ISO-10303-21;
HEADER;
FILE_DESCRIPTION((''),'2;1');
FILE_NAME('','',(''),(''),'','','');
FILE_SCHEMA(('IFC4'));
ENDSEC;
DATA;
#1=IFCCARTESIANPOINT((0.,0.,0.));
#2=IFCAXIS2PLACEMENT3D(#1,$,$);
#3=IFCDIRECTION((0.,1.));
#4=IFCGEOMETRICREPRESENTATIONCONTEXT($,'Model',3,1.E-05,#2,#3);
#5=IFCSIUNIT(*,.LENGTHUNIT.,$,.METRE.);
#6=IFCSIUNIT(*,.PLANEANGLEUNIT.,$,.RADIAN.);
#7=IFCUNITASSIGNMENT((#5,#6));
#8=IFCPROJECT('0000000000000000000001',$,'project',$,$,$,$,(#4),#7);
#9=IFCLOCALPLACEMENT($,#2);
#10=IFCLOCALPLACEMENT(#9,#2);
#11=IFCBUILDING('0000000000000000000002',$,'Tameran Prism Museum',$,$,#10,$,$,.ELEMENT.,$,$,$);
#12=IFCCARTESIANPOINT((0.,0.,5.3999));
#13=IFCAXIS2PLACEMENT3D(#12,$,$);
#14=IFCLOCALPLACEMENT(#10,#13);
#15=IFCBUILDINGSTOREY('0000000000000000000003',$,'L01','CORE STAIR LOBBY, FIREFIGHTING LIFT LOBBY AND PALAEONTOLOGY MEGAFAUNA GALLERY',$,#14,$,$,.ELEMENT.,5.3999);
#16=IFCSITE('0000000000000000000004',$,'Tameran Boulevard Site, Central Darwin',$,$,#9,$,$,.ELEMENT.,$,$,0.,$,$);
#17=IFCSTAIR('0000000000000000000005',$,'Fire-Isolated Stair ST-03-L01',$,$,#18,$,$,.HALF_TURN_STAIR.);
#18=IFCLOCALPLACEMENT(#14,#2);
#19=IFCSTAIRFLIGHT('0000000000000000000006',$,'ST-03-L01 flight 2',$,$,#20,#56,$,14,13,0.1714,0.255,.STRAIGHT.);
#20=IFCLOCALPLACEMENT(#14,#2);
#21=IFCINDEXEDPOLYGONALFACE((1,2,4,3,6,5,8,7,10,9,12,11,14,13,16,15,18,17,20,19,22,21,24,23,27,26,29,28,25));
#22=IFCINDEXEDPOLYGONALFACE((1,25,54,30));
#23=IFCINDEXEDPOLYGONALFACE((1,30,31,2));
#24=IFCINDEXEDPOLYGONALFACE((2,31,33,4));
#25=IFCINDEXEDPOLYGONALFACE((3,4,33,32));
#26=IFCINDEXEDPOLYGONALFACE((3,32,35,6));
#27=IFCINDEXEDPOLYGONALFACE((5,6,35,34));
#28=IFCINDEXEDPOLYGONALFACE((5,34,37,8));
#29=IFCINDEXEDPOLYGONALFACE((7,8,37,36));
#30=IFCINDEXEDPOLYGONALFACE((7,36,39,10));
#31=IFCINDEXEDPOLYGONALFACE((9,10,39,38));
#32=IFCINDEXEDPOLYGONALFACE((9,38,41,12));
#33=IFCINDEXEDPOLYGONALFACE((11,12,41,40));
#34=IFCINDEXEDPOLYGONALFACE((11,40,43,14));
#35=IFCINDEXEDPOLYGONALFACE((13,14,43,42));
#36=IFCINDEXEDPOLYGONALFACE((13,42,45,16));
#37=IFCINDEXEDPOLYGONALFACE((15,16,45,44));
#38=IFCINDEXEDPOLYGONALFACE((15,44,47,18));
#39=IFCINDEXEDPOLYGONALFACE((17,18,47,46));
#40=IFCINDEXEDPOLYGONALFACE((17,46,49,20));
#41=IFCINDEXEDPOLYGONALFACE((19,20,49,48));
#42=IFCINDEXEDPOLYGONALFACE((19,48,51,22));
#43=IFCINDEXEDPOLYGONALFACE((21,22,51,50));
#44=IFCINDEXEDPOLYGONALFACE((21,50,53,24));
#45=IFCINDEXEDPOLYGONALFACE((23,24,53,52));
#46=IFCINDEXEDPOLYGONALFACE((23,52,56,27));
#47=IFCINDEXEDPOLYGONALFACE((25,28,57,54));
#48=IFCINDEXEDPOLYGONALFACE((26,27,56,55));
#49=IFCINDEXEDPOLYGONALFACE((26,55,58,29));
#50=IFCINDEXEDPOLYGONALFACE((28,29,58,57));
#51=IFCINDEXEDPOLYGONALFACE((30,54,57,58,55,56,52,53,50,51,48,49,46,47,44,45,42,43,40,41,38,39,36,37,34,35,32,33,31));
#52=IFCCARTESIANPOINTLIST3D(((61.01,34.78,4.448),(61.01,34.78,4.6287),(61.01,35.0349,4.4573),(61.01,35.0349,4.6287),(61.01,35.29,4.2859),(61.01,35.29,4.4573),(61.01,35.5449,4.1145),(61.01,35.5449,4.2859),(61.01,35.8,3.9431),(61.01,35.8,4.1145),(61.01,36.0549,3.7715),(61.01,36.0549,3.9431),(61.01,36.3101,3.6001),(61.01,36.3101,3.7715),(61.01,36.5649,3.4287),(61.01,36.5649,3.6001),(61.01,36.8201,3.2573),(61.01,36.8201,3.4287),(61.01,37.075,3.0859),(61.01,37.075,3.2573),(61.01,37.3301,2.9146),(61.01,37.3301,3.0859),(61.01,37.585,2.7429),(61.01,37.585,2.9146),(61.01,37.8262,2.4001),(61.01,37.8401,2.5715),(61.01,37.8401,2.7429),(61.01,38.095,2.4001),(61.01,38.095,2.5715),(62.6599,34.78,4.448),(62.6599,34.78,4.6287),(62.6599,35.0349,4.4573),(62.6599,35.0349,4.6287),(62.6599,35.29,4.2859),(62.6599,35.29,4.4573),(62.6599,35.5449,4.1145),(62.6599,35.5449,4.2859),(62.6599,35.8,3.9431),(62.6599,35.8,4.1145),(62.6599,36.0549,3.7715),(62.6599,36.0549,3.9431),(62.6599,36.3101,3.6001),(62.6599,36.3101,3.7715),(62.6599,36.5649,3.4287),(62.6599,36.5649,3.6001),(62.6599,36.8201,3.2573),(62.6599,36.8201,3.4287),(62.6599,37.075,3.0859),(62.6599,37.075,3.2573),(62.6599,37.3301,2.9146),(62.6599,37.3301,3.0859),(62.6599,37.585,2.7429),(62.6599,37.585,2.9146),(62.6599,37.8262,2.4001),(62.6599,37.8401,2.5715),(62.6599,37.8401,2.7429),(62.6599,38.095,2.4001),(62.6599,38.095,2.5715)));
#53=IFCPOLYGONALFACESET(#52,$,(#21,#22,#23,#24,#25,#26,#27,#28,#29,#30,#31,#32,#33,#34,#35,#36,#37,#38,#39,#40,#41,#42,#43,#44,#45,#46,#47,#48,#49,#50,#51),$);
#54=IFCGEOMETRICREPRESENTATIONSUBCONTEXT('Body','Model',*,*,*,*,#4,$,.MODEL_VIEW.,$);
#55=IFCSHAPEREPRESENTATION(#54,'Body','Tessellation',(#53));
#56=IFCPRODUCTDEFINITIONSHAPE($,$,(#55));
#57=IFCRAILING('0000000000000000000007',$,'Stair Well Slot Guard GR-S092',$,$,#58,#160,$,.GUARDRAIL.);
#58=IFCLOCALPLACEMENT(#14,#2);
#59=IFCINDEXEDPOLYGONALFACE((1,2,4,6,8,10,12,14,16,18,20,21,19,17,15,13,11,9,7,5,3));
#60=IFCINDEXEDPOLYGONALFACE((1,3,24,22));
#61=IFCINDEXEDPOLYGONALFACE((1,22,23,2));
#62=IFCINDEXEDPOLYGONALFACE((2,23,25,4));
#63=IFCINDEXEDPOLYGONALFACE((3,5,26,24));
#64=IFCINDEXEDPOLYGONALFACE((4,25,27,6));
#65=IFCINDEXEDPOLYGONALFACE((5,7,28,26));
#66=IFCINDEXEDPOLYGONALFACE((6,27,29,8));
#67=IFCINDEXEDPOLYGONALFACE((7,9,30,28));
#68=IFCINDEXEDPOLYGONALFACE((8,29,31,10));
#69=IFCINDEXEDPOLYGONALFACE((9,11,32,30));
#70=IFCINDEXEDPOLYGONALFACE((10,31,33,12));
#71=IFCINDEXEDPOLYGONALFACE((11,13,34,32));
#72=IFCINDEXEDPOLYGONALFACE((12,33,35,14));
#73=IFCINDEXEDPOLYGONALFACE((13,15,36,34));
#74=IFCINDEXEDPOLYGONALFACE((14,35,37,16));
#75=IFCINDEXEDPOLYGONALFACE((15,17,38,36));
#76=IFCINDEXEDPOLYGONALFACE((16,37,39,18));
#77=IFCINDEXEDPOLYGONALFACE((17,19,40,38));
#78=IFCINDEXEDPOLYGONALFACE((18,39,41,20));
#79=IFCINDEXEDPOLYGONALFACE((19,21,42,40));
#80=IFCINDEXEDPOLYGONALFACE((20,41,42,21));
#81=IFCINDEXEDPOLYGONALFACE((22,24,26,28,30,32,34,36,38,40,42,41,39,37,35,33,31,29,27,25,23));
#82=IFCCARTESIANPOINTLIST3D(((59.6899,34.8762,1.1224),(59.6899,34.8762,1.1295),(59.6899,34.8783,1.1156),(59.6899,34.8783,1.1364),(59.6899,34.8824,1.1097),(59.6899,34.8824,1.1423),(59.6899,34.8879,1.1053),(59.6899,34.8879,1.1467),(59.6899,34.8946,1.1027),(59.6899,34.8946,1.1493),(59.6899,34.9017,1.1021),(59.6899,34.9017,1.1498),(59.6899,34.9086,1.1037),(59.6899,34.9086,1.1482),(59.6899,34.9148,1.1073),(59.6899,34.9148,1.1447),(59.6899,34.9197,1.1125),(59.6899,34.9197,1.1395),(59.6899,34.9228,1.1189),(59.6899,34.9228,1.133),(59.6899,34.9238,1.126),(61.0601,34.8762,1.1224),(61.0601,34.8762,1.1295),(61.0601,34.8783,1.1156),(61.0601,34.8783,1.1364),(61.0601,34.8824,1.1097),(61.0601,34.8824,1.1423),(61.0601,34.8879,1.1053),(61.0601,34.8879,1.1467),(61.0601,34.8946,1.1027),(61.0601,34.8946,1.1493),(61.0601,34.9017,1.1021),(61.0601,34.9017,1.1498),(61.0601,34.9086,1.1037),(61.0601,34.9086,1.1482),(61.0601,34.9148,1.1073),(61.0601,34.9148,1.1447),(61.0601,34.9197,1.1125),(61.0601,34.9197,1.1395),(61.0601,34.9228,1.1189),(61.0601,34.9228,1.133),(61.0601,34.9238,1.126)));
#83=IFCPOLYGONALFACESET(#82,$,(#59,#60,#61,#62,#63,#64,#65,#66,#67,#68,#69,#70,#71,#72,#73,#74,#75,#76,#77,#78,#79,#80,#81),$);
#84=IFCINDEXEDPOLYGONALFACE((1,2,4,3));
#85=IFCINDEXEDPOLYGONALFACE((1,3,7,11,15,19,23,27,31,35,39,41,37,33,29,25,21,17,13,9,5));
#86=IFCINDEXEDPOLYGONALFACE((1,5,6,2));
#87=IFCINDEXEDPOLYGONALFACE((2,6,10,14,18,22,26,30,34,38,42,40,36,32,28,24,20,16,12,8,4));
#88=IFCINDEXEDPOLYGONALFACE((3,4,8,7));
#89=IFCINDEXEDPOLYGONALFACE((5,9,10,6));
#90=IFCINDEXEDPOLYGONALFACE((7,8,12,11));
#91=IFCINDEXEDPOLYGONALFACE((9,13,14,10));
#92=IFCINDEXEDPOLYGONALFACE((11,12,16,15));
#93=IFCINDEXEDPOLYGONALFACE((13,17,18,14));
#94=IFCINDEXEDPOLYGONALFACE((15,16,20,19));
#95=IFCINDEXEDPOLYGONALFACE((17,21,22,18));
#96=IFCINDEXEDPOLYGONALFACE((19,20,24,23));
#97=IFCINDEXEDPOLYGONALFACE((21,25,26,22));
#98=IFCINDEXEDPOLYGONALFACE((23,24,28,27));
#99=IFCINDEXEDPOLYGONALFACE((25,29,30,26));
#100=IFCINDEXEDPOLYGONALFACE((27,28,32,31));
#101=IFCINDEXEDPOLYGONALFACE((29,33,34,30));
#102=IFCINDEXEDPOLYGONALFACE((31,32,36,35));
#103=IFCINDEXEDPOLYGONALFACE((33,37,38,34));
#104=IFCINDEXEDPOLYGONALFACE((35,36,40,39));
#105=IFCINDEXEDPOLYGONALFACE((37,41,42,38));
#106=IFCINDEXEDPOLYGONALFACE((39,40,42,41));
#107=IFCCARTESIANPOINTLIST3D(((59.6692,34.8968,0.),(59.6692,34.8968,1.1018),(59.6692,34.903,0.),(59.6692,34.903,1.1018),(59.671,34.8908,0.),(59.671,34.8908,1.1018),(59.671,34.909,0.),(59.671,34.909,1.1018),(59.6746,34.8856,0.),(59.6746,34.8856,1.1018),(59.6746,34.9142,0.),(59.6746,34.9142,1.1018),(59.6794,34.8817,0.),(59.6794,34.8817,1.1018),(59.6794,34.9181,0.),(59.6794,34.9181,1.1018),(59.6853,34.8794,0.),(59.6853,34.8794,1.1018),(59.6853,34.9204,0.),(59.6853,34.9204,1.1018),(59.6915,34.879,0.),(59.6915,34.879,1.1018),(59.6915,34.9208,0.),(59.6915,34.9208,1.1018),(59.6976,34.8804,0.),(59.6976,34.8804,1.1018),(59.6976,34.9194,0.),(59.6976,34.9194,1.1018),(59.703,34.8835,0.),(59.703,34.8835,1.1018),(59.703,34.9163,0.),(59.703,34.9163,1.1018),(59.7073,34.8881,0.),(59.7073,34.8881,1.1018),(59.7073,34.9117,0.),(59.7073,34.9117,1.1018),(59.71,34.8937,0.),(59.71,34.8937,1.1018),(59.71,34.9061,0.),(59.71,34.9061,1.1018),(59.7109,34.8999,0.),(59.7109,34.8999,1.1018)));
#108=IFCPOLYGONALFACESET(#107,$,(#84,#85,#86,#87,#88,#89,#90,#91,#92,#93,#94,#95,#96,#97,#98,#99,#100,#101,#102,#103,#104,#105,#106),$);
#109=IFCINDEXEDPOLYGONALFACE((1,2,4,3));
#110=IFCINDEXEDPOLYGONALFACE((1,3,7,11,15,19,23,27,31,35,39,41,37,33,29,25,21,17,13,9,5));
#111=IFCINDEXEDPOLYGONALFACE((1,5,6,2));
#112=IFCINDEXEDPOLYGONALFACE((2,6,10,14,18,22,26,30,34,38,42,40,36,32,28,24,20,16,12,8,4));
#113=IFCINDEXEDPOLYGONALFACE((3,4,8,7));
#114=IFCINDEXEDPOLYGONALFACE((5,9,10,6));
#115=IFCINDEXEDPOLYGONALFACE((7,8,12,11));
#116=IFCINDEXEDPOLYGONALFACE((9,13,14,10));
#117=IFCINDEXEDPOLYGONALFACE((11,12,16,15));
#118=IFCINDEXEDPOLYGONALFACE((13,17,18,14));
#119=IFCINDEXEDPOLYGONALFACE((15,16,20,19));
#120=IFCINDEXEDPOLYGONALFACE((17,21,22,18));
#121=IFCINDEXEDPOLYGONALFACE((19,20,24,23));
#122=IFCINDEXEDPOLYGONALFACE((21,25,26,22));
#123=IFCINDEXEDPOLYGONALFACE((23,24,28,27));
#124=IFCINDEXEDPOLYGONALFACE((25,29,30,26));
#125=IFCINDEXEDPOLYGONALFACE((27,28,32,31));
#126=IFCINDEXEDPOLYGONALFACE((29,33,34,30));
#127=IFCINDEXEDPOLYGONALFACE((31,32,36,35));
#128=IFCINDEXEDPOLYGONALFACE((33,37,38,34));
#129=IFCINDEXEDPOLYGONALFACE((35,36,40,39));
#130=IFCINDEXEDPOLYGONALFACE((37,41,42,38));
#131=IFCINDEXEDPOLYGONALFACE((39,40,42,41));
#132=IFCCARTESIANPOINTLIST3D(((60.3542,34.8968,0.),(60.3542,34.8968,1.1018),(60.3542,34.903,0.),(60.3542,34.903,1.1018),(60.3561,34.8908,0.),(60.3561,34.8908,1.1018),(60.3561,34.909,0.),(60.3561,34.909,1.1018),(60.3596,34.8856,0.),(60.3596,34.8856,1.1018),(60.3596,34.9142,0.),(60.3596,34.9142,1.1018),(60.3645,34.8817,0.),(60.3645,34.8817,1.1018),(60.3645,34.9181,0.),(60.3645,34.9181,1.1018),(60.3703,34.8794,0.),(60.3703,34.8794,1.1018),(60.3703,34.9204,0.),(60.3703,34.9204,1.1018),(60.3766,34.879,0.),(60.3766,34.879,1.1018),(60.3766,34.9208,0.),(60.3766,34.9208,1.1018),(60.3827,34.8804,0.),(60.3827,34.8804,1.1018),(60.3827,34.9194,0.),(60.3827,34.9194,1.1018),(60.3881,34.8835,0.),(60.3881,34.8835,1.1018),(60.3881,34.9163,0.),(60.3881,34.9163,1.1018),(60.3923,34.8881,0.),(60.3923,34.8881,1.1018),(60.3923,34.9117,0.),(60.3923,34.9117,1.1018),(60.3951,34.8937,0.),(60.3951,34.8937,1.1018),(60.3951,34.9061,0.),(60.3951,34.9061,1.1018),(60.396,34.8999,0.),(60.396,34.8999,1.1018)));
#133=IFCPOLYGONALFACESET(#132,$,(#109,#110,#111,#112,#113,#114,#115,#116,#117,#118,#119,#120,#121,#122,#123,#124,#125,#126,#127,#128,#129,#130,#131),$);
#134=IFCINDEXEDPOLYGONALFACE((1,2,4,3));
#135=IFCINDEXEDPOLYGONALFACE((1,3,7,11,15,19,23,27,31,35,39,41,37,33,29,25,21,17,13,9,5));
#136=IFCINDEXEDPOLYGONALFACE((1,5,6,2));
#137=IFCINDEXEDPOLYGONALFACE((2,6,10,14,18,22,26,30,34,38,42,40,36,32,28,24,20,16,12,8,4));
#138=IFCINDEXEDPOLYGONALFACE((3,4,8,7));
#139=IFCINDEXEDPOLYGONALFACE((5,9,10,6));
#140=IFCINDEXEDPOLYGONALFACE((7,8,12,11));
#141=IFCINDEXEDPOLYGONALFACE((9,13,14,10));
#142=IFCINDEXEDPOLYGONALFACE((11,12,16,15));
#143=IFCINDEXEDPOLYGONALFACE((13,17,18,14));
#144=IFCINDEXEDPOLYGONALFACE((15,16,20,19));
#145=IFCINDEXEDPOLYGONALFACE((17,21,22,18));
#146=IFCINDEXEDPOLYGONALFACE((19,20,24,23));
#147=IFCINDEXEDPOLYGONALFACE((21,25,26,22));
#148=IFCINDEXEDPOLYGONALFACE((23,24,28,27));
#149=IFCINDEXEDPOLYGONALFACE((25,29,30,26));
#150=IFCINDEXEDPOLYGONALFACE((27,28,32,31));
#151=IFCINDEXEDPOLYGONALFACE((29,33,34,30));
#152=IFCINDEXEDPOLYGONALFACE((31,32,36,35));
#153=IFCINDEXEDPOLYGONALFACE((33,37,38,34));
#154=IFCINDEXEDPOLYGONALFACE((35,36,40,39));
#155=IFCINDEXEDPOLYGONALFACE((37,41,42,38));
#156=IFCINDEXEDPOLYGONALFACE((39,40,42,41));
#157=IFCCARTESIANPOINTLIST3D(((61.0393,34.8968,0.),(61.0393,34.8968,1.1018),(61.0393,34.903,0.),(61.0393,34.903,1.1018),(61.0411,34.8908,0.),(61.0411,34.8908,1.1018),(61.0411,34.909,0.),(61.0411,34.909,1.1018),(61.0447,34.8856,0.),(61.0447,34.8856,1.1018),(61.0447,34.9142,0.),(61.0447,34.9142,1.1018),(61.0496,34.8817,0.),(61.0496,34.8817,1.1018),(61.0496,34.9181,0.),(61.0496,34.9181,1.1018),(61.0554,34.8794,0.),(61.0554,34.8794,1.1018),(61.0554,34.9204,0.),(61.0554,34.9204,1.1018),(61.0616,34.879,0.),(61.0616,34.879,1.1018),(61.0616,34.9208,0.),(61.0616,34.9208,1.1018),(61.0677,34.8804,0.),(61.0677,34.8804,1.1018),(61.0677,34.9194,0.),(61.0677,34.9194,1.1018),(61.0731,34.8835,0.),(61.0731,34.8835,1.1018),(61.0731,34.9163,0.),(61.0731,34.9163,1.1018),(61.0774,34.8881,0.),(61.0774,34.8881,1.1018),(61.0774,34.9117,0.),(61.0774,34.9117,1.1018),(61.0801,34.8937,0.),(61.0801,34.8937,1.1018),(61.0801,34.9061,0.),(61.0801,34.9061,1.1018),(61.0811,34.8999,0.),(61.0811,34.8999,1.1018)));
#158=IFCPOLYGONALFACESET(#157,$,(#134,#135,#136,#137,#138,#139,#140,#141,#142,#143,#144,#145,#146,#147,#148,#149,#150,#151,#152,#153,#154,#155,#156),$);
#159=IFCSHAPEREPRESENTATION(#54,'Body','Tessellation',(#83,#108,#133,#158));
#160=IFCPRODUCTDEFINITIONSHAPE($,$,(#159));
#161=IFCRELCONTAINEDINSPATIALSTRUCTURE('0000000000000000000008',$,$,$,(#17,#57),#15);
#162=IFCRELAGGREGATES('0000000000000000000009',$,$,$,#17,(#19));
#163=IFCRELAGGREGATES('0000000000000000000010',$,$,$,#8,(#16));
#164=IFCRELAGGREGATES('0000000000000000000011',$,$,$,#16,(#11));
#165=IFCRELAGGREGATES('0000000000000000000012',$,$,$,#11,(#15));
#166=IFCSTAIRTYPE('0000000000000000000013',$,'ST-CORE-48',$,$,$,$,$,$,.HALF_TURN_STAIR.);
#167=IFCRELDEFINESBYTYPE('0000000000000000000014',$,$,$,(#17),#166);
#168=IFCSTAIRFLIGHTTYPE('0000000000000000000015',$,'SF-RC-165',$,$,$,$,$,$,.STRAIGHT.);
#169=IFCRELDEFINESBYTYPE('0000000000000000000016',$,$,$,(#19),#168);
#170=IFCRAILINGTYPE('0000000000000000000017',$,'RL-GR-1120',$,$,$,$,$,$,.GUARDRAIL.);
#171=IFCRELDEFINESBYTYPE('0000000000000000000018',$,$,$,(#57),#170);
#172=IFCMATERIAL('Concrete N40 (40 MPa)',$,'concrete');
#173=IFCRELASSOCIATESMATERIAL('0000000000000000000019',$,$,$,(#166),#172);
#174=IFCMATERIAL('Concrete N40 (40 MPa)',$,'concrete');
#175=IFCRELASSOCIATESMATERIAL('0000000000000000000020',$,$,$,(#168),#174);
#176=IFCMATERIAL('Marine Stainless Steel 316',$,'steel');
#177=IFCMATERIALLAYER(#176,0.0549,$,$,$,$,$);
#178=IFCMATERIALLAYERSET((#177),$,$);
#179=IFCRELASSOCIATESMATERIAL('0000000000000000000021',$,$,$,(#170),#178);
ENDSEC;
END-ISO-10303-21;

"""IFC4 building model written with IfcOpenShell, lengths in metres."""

from ifc_helpers import new_model, si_unit, direction, frame, origin, origin_2d, place, context, subcontext, project, spatial, polyline, circle, outline, extrude, material, layer, layer_set, type_object, element, aggregate, save


model = new_model("IFC4")

# Units and contexts
model_context = context("Model", 3, precision=1e-05, world=origin(), true_north=direction((0.0, 1.0)))
body_context = subcontext(model_context, "Body", "Model", "MODEL_VIEW")
ifc_project = project(units=[si_unit("LENGTHUNIT", "METRE"), si_unit("PLANEANGLEUNIT", "RADIAN")], contexts=[model_context])

# Site, building, storey
site_placement = place(None, origin())
site = spatial("IfcSite", under=ifc_project, at=site_placement, Name="Tameran Boulevard Site, Central Darwin", CompositionType="ELEMENT", RefElevation=0.0)
building_placement = place(site_placement, origin())
building = spatial("IfcBuilding", under=site, at=building_placement, Name="Tameran Prism Museum", CompositionType="ELEMENT")
storey_placement = place(building_placement, frame((0.0, 0.0, 5.3999)))
storey = spatial("IfcBuildingStorey", under=building, at=storey_placement, Name="L01", Description="CORE STAIR LOBBY, FIREFIGHTING LIFT LOBBY AND PALAEONTOLOGY MEGAFAUNA GALLERY", CompositionType="ELEMENT", Elevation=5.3999)

# Stair, stair flight
ifc_material_1 = material(Name="Concrete N40 (40 MPa)", Category="concrete")
stair_type = type_object("IfcStairType", Name="ST-CORE-48", PredefinedType="HALF_TURN_STAIR", material=ifc_material_1)
stair_placement = place(storey_placement, origin())
stair = element("IfcStair", 1, at=stair_placement, inside=storey, type_object=stair_type, Name="Fire-Isolated Stair ST-03-L01", PredefinedType="HALF_TURN_STAIR")
ifc_material_2 = material(Name="Concrete N40 (40 MPa)", Category="concrete")
stair_flight_type = type_object("IfcStairFlightType", Name="SF-RC-165", PredefinedType="STRAIGHT", material=ifc_material_2)
stair_flight_1_placement = place(storey_placement, frame((61.835, 38.095, 2.4001), z_axis=(0.0, 0.0, 1.0), x_axis=(0.0, -1.0, 0.0)))
stair_flight_1 = element("IfcStairFlight", 2, at=stair_flight_1_placement, type_object=stair_flight_type, Name="ST-03-L01 flight 2", NumberOfRisers=14, NumberOfTreads=13, PredefinedType="STRAIGHT", RiserHeight=0.1714, TreadLength=0.255, context=body_context, shape_type="SweptSolid", body=[
    extrude(outline(polyline([(0.0, 0.0), (0.0, 0.1714), (0.2549, 0.1714), (0.2549, 0.3428), (0.51, 0.3428), (0.51, 0.5144), (0.7649, 0.5144), (0.7649, 0.6858), (1.02, 0.6858), (1.02, 0.8572), (1.2749, 0.8572), (1.2749, 1.0286), (1.53, 1.0286), (1.53, 1.2), (1.7849, 1.2), (1.7849, 1.3713), (2.04, 1.3713), (2.04, 1.543), (2.2949, 1.543), (2.2949, 1.7144), (2.55, 1.7144), (2.55, 1.8857), (2.8049, 1.8857), (2.8049, 2.0571), (3.0601, 2.0571), (3.0601, 2.2285), (3.3149, 2.2285), (3.3149, 2.3999), (3.3149, 2.0479), (0.2688, 0.0), (0.0, 0.0)])), frame((0.0, 0.825, 0.0), z_axis=(0.0, -1.0, 0.0), x_axis=(1.0, 0.0, 0.0)), (0.0, 0.0, 1.0), 1.6499),
])
aggregate(stair, [stair_flight_1])

# Railing
ifc_material_3 = material(Name="Marine Stainless Steel 316", Category="steel")
ifc_layer_1 = layer(ifc_material_3, 0.0549)
ifc_layer_set_1 = layer_set([ifc_layer_1])
railing_type_1 = type_object("IfcRailingType", Name="RL-GR-1120", PredefinedType="GUARDRAIL", material=ifc_layer_set_1)
railing_1_placement = place(storey_placement, frame((59.6899, 34.8999, 0.0)))
element("IfcRailing", 3, at=railing_1_placement, inside=storey, type_object=railing_type_1, Name="Stair Well Slot Guard GR-S092", PredefinedType="GUARDRAIL", context=body_context, shape_type="SweptSolid", body=[
    extrude(circle(Radius=0.0239, at=origin_2d()), frame((0.0, 0.0, 1.126), z_axis=(1.0, 0.0, 0.0), x_axis=(0.0, 1.0, 0.0)), (0.0, 0.0, 1.0), 1.3701),
    extrude(circle(Radius=0.021, at=origin_2d()), origin(), (0.0, 0.0, 1.0), 1.1018),
    extrude(circle(Radius=0.021, at=origin_2d()), frame((0.6851, 0.0, 0.0)), (0.0, 0.0, 1.0), 1.1018),
    extrude(circle(Radius=0.021, at=origin_2d()), frame((1.3701, 0.0, 0.0)), (0.0, 0.0, 1.0), 1.1018),
])

save(model, "model.ifc")
